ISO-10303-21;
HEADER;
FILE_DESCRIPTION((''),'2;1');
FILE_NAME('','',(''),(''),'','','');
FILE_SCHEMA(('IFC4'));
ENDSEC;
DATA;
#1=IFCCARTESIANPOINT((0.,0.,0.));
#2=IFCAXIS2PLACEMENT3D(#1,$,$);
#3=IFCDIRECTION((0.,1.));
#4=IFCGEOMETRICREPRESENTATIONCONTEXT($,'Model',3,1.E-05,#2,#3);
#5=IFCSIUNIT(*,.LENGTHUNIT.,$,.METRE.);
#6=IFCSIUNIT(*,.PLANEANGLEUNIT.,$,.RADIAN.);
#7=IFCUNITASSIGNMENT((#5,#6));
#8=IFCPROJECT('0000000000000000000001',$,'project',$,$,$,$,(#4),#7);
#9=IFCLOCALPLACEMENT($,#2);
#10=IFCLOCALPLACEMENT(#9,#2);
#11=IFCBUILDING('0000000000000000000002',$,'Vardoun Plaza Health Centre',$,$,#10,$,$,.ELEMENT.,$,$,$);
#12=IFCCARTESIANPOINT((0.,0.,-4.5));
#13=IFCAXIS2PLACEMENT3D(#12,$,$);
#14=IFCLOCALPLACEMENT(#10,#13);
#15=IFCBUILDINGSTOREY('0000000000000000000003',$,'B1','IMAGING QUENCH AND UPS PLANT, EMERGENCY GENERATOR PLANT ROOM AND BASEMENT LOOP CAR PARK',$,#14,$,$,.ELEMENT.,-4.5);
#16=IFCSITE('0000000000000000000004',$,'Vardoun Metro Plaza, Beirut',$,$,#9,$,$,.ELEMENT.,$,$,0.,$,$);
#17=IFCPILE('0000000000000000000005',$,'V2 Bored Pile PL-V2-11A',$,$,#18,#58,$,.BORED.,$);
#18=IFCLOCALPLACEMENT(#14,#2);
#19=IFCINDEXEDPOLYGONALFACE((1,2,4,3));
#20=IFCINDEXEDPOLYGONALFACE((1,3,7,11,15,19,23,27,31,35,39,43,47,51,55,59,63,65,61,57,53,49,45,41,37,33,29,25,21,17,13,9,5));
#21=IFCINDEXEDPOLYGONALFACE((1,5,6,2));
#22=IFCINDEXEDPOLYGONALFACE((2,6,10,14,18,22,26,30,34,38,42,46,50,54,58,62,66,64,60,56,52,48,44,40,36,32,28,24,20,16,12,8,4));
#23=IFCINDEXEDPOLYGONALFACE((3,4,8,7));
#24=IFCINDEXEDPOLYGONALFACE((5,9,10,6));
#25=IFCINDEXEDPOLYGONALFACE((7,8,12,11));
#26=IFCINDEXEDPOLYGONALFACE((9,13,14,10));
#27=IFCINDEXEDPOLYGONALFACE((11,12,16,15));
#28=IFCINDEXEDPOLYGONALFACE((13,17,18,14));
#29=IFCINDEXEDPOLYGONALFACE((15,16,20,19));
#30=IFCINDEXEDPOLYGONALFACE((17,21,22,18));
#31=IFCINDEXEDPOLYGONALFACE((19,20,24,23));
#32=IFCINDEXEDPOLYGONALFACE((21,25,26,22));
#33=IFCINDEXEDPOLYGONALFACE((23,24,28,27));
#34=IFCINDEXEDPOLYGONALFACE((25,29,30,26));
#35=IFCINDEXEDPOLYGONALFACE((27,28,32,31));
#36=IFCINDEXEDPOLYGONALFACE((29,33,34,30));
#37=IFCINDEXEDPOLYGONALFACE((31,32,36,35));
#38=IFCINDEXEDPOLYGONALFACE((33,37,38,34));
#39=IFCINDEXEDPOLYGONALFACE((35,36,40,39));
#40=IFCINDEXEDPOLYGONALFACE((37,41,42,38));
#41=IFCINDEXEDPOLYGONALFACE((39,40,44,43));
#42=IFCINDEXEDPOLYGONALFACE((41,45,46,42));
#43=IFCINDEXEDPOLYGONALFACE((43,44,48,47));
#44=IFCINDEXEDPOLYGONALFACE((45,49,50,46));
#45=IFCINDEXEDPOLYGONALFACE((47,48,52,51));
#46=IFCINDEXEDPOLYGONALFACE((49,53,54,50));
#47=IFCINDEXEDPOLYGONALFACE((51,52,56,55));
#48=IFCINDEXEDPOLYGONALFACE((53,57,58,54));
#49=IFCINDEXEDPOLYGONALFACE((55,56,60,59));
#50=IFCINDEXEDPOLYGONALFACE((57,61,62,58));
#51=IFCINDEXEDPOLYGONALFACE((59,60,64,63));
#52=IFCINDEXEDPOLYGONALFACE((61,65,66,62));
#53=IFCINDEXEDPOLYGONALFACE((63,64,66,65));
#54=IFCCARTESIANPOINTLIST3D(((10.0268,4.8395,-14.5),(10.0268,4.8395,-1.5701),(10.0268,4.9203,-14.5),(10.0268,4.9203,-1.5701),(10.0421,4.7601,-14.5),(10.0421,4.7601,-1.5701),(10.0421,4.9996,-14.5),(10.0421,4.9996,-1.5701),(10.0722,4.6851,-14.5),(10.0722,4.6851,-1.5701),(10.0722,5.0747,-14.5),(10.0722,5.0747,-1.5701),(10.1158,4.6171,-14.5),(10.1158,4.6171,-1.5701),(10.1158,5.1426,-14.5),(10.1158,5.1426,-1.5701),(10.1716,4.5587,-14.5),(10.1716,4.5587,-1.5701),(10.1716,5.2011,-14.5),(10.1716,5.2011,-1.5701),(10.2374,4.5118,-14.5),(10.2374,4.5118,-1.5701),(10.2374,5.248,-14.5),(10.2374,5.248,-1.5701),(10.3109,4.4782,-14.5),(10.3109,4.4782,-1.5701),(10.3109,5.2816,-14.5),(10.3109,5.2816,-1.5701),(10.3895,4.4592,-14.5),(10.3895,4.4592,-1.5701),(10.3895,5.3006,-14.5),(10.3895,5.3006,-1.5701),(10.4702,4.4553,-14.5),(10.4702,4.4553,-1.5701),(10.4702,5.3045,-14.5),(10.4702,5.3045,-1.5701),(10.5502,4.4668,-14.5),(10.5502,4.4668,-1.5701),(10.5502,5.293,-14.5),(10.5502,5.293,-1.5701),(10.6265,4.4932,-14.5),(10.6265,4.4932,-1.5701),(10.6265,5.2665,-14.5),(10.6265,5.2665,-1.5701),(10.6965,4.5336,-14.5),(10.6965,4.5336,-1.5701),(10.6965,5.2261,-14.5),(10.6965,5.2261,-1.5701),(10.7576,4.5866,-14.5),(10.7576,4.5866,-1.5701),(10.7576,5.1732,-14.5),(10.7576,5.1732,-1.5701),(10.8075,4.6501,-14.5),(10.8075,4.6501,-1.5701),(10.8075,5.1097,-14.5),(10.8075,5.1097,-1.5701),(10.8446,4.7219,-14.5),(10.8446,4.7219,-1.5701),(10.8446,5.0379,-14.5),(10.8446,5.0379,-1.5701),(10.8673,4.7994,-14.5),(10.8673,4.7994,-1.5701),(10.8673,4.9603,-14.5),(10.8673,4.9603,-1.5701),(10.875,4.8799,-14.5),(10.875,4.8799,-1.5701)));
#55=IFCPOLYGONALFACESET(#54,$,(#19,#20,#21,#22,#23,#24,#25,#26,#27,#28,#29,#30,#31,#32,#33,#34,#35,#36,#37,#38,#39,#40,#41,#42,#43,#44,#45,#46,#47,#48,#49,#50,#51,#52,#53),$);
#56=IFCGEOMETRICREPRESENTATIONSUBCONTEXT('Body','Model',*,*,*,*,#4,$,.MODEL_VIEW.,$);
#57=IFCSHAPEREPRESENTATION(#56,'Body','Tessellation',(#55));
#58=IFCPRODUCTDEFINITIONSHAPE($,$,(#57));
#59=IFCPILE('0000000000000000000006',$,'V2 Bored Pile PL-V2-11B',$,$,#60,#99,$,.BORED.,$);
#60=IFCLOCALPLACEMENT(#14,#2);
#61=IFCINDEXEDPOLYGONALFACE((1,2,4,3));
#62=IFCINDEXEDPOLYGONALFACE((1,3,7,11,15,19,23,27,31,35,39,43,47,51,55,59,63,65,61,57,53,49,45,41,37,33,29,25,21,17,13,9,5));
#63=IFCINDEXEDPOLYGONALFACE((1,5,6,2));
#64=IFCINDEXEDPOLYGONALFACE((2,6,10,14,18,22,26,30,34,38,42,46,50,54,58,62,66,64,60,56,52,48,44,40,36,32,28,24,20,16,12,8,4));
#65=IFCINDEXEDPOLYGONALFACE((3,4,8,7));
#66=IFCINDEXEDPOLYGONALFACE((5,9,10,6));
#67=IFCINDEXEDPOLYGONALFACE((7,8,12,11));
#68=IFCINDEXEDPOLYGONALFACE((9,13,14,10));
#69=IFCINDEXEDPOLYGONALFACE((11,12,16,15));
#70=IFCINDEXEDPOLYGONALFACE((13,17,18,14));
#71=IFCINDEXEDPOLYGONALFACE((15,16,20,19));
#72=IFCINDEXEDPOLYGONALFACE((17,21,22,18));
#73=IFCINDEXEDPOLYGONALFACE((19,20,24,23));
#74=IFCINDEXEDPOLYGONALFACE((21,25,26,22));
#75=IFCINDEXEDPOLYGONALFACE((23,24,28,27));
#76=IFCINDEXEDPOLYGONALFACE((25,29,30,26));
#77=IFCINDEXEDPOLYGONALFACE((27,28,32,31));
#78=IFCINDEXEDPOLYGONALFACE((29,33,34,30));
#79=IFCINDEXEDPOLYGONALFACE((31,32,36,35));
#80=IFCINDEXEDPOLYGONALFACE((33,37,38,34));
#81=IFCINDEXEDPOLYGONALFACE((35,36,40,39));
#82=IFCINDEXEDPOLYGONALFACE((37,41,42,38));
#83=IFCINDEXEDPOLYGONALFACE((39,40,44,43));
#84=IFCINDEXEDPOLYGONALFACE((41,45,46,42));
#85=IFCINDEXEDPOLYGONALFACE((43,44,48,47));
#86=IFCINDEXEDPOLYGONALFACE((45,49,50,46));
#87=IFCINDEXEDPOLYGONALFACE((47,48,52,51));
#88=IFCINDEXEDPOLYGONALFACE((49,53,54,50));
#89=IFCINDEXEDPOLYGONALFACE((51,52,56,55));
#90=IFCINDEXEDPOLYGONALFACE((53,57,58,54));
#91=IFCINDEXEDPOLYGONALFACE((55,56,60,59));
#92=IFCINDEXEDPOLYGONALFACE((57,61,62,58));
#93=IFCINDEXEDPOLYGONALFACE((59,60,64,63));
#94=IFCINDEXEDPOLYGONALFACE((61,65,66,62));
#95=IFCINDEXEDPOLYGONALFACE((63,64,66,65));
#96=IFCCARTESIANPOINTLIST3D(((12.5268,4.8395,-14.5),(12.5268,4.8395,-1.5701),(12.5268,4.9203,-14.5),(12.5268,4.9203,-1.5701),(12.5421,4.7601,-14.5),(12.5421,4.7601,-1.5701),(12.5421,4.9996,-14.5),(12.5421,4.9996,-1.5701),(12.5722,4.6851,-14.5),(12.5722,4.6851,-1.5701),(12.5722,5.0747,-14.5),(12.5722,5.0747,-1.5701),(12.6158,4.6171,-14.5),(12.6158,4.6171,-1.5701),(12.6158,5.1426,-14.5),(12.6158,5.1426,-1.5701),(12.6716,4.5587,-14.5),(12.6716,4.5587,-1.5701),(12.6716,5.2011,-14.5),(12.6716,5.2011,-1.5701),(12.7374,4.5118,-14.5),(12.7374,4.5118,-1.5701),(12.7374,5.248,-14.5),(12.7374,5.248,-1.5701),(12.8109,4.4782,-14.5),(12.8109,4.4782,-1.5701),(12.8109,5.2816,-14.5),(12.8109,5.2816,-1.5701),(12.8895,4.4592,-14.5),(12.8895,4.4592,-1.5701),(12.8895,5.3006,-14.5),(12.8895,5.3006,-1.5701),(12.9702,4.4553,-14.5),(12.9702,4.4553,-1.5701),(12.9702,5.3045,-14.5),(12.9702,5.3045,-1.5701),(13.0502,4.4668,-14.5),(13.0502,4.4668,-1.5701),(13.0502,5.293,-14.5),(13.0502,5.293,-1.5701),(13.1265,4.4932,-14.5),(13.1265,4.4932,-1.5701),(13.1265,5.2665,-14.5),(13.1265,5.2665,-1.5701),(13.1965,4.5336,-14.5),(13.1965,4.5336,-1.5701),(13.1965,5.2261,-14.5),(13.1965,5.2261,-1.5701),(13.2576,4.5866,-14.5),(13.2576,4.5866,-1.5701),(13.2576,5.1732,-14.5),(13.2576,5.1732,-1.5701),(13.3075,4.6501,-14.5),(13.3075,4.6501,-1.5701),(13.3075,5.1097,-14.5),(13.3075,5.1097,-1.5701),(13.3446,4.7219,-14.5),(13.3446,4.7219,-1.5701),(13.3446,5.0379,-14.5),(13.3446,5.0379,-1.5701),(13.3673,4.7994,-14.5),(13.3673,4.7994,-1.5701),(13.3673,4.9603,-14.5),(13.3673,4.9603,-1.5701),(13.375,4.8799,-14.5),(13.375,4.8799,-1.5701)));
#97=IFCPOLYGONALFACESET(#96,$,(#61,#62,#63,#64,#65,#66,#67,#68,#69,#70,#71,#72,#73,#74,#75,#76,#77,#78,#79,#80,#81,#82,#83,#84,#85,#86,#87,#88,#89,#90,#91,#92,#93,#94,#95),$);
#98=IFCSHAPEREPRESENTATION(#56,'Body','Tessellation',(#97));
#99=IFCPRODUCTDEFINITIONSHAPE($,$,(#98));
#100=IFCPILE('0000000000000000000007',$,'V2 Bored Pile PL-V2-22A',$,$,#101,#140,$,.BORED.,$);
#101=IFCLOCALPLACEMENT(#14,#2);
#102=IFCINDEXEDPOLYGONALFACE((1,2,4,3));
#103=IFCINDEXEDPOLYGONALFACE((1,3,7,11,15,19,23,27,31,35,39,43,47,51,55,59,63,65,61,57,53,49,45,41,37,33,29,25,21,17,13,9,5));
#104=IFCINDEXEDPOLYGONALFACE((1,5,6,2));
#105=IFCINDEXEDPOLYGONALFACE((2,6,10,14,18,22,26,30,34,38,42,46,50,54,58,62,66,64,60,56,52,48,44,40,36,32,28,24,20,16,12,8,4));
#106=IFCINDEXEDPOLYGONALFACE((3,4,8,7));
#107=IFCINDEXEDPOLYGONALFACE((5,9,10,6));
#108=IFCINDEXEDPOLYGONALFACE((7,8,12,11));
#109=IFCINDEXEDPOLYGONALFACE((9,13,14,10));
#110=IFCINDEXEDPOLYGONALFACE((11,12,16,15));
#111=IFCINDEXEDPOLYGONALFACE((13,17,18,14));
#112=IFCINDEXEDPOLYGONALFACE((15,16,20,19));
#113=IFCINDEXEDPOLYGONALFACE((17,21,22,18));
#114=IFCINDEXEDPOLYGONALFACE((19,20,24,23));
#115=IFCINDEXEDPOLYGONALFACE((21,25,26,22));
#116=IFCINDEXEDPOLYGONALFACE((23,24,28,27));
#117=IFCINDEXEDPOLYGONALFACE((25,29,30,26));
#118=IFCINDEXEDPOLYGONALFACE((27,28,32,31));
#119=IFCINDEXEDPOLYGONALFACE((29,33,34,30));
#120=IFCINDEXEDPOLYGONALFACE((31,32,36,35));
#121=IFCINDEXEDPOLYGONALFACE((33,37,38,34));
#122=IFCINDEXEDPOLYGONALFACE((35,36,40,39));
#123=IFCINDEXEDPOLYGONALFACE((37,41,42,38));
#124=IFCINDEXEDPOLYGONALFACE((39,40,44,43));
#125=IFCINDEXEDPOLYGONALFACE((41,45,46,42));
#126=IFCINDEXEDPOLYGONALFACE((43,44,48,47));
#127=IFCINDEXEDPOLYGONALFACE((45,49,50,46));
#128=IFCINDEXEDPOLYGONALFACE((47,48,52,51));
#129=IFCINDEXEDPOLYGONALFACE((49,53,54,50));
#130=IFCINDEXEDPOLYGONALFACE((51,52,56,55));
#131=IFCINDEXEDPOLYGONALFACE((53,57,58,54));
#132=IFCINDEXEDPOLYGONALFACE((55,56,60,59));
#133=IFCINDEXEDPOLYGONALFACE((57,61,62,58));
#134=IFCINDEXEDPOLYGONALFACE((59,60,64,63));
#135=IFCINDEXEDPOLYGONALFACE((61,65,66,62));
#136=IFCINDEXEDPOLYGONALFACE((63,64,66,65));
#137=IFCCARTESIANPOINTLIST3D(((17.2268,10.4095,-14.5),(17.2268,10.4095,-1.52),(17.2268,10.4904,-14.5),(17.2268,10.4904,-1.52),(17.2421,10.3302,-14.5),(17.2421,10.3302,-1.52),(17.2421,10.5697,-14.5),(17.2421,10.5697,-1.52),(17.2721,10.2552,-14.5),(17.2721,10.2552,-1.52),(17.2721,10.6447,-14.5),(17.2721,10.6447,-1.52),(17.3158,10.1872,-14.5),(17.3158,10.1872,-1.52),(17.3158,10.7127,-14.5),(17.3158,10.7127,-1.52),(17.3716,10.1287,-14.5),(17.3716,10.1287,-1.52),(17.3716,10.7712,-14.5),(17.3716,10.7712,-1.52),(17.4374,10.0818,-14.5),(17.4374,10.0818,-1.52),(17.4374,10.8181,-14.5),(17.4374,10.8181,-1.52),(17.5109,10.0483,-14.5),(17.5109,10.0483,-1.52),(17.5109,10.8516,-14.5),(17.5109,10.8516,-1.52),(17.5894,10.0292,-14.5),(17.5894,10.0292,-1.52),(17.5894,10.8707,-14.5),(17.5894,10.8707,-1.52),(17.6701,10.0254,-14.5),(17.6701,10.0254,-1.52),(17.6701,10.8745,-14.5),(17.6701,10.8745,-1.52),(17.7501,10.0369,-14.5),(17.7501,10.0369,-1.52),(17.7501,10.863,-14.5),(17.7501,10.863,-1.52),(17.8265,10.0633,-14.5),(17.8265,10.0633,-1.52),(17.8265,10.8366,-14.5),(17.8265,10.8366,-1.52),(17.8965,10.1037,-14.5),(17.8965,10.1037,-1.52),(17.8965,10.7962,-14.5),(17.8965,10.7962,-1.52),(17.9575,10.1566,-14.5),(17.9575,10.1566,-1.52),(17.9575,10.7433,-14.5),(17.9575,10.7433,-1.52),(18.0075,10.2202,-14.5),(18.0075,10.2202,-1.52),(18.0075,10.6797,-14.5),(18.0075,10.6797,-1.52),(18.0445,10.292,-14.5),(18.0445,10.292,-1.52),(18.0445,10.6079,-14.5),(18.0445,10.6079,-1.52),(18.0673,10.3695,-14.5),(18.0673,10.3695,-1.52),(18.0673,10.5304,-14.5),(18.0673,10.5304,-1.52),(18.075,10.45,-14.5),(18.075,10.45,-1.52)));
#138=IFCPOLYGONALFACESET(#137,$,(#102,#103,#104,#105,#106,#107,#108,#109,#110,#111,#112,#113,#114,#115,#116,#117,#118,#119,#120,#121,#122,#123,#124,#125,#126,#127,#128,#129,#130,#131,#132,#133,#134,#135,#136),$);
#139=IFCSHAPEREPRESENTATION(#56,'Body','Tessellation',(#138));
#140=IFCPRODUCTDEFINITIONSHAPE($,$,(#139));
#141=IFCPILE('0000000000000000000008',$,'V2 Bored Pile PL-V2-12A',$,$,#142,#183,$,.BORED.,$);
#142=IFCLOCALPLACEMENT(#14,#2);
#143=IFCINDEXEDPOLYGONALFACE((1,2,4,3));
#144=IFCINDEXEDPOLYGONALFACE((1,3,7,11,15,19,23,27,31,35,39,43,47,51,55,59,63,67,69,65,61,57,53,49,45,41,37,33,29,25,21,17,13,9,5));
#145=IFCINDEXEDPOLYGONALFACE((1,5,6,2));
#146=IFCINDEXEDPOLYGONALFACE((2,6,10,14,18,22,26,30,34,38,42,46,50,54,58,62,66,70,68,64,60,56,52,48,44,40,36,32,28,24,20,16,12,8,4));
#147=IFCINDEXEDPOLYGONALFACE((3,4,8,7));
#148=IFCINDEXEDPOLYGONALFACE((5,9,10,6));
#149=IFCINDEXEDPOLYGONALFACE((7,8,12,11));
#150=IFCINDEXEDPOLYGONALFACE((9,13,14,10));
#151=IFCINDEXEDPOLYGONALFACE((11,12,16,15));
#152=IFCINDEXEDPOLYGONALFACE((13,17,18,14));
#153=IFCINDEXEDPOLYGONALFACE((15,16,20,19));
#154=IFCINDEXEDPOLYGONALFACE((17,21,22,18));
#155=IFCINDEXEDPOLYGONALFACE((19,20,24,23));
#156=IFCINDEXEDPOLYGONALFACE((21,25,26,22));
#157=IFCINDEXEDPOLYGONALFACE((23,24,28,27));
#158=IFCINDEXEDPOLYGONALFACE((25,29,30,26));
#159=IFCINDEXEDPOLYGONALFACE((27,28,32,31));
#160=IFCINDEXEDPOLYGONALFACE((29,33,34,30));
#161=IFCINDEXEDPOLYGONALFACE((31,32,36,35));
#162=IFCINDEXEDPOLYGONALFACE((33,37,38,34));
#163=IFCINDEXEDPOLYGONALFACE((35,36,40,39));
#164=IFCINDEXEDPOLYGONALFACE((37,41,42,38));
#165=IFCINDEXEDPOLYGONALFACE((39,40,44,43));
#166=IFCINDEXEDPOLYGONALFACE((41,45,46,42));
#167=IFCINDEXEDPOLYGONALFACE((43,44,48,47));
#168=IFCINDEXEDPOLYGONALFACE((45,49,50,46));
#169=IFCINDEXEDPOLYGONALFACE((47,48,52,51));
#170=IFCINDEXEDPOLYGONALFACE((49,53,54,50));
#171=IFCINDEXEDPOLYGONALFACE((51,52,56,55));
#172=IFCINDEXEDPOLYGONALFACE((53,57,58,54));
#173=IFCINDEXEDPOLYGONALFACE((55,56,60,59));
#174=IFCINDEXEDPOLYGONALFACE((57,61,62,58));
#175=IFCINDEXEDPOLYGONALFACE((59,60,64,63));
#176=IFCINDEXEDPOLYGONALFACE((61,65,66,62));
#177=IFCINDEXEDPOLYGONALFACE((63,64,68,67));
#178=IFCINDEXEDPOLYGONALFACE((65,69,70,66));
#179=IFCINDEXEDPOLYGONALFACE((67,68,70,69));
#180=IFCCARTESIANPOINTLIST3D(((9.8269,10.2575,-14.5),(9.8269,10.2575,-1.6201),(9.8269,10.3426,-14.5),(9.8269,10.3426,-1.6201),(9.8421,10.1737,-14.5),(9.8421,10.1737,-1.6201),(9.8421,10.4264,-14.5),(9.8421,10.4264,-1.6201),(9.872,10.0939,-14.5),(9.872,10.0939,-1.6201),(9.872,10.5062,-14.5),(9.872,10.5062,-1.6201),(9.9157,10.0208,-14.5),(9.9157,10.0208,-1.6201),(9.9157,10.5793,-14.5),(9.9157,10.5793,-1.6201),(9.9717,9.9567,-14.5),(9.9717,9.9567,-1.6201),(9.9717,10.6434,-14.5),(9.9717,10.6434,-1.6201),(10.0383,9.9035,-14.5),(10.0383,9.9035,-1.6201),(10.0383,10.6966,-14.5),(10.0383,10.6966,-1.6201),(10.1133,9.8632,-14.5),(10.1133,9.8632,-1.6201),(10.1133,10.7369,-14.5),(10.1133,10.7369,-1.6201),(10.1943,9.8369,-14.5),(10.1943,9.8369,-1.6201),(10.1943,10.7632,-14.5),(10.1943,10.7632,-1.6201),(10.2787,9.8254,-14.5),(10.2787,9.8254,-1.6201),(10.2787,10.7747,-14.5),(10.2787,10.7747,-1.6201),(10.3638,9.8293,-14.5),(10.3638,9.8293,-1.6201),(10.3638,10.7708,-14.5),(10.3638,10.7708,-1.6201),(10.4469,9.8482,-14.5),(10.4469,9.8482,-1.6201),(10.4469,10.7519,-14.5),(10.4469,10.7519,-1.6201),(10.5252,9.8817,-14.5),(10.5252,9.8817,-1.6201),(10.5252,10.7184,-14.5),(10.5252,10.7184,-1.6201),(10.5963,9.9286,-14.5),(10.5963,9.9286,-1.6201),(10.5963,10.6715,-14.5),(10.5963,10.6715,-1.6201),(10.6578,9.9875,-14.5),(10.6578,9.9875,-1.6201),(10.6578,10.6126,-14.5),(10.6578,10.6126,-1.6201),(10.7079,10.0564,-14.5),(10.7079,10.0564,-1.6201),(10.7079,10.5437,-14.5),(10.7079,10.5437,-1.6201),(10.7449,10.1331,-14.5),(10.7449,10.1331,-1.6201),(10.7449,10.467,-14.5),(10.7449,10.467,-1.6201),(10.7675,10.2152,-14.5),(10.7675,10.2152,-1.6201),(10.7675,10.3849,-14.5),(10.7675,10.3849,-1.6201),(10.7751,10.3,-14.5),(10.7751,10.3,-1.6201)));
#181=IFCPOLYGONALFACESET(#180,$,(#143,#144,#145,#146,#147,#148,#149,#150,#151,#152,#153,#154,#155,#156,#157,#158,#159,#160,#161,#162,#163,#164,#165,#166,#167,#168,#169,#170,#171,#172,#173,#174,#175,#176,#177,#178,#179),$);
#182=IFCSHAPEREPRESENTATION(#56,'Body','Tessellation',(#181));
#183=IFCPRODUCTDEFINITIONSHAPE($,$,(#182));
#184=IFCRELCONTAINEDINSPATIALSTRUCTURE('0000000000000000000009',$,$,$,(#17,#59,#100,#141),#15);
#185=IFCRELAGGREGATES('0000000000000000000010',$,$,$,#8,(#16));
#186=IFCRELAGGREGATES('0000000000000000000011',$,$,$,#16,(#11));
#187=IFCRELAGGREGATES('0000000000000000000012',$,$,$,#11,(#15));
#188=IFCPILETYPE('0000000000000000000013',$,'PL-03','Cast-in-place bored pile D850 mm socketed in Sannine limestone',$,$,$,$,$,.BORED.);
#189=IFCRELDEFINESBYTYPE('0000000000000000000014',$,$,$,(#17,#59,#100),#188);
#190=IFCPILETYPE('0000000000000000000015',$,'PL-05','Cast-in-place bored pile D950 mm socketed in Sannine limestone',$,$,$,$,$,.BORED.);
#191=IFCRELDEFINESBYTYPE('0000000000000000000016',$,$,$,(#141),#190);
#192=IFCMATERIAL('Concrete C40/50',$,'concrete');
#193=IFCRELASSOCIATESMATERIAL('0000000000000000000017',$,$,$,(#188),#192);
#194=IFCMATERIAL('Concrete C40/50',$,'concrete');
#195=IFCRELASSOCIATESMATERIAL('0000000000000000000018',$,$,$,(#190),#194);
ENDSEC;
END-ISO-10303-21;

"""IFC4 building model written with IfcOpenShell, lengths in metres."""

from ifc_helpers import new_model, si_unit, direction, frame, origin, origin_2d, place, context, subcontext, project, spatial, circle, extrude, material, material_profile, profile_set, type_object, element, save


model = new_model("IFC4")

# Units and contexts
model_context = context("Model", 3, precision=1e-05, world=origin(), true_north=direction((0.0, 1.0)))
body_context = subcontext(model_context, "Body", "Model", "MODEL_VIEW")
ifc_project = project(units=[si_unit("LENGTHUNIT", "METRE"), si_unit("PLANEANGLEUNIT", "RADIAN")], contexts=[model_context])

# Site, building, storey
site_placement = place(None, origin())
site = spatial("IfcSite", under=ifc_project, at=site_placement, Name="Vardoun Metro Plaza, Beirut", CompositionType="ELEMENT", RefElevation=0.0)
building_placement = place(site_placement, origin())
building = spatial("IfcBuilding", under=site, at=building_placement, Name="Vardoun Plaza Health Centre", CompositionType="ELEMENT")
storey_placement = place(building_placement, frame((0.0, 0.0, -4.5)))
storey = spatial("IfcBuildingStorey", under=building, at=storey_placement, Name="B1", Description="IMAGING QUENCH AND UPS PLANT, EMERGENCY GENERATOR PLANT ROOM AND BASEMENT LOOP CAR PARK", CompositionType="ELEMENT", Elevation=-4.5)

# Piles
ifc_material_1 = material(Name="Concrete C40/50", Category="concrete")
ifc_material_profile_1 = material_profile(ifc_material_1, circle(Radius=0.425, at=origin_2d()), Name="PILE D850")
ifc_profile_set_1 = profile_set([ifc_material_profile_1], Name="Concrete C40/50")
pile_type_1 = type_object("IfcPileType", Name="PL-03", Description="Cast-in-place bored pile D850 mm socketed in Sannine limestone", PredefinedType="BORED", material=ifc_profile_set_1)
for number, where, z_axis, x_axis, name in (
    (1, (10.45, 4.8799, -1.5701), (0.0, 0.0, -1.0), (1.0, 0.0, 0.0), "V2 Bored Pile PL-V2-11A"),
    (2, (12.95, 4.8799, -1.5701), (0.0, 0.0, -1.0), (1.0, 0.0, 0.0), "V2 Bored Pile PL-V2-11B"),
):
    element("IfcPile", number, at=place(storey_placement, frame(where, z_axis=z_axis, x_axis=x_axis)), inside=storey, type_object=pile_type_1, Name=name, PredefinedType="BORED", context=body_context, shape_type="SweptSolid", body=[
        extrude(circle(Radius=0.425, at=origin_2d()), origin(), (0.0, 0.0, 1.0), 12.9299),
    ])
pile_placement = place(storey_placement, frame((17.6499, 10.45, -1.52), z_axis=(0.0, 0.0, -1.0), x_axis=(1.0, 0.0, 0.0)))
element("IfcPile", 3, at=pile_placement, inside=storey, type_object=pile_type_1, Name="V2 Bored Pile PL-V2-22A", PredefinedType="BORED", context=body_context, shape_type="SweptSolid", body=[
    extrude(circle(Radius=0.425, at=origin_2d()), origin(), (0.0, 0.0, 1.0), 12.98),
])
ifc_material_2 = material(Name="Concrete C40/50", Category="concrete")
ifc_material_profile_2 = material_profile(ifc_material_2, circle(Radius=0.4751, at=origin_2d()), Name="PILE D950")
ifc_profile_set_2 = profile_set([ifc_material_profile_2], Name="Concrete C40/50")
pile_type_2 = type_object("IfcPileType", Name="PL-05", Description="Cast-in-place bored pile D950 mm socketed in Sannine limestone", PredefinedType="BORED", material=ifc_profile_set_2)
for number, where, z_axis, x_axis, name in (
    (4, (10.3, 10.3, -1.6201), (0.0, 0.0, -1.0), (1.0, 0.0, 0.0), "V2 Bored Pile PL-V2-12A"),
):
    element("IfcPile", number, at=place(storey_placement, frame(where, z_axis=z_axis, x_axis=x_axis)), inside=storey, type_object=pile_type_2, Name=name, PredefinedType="BORED", context=body_context, shape_type="SweptSolid", body=[
        extrude(circle(Radius=0.4751, at=origin_2d()), origin(), (0.0, 0.0, 1.0), 12.8799),
    ])

save(model, "model.ifc")
